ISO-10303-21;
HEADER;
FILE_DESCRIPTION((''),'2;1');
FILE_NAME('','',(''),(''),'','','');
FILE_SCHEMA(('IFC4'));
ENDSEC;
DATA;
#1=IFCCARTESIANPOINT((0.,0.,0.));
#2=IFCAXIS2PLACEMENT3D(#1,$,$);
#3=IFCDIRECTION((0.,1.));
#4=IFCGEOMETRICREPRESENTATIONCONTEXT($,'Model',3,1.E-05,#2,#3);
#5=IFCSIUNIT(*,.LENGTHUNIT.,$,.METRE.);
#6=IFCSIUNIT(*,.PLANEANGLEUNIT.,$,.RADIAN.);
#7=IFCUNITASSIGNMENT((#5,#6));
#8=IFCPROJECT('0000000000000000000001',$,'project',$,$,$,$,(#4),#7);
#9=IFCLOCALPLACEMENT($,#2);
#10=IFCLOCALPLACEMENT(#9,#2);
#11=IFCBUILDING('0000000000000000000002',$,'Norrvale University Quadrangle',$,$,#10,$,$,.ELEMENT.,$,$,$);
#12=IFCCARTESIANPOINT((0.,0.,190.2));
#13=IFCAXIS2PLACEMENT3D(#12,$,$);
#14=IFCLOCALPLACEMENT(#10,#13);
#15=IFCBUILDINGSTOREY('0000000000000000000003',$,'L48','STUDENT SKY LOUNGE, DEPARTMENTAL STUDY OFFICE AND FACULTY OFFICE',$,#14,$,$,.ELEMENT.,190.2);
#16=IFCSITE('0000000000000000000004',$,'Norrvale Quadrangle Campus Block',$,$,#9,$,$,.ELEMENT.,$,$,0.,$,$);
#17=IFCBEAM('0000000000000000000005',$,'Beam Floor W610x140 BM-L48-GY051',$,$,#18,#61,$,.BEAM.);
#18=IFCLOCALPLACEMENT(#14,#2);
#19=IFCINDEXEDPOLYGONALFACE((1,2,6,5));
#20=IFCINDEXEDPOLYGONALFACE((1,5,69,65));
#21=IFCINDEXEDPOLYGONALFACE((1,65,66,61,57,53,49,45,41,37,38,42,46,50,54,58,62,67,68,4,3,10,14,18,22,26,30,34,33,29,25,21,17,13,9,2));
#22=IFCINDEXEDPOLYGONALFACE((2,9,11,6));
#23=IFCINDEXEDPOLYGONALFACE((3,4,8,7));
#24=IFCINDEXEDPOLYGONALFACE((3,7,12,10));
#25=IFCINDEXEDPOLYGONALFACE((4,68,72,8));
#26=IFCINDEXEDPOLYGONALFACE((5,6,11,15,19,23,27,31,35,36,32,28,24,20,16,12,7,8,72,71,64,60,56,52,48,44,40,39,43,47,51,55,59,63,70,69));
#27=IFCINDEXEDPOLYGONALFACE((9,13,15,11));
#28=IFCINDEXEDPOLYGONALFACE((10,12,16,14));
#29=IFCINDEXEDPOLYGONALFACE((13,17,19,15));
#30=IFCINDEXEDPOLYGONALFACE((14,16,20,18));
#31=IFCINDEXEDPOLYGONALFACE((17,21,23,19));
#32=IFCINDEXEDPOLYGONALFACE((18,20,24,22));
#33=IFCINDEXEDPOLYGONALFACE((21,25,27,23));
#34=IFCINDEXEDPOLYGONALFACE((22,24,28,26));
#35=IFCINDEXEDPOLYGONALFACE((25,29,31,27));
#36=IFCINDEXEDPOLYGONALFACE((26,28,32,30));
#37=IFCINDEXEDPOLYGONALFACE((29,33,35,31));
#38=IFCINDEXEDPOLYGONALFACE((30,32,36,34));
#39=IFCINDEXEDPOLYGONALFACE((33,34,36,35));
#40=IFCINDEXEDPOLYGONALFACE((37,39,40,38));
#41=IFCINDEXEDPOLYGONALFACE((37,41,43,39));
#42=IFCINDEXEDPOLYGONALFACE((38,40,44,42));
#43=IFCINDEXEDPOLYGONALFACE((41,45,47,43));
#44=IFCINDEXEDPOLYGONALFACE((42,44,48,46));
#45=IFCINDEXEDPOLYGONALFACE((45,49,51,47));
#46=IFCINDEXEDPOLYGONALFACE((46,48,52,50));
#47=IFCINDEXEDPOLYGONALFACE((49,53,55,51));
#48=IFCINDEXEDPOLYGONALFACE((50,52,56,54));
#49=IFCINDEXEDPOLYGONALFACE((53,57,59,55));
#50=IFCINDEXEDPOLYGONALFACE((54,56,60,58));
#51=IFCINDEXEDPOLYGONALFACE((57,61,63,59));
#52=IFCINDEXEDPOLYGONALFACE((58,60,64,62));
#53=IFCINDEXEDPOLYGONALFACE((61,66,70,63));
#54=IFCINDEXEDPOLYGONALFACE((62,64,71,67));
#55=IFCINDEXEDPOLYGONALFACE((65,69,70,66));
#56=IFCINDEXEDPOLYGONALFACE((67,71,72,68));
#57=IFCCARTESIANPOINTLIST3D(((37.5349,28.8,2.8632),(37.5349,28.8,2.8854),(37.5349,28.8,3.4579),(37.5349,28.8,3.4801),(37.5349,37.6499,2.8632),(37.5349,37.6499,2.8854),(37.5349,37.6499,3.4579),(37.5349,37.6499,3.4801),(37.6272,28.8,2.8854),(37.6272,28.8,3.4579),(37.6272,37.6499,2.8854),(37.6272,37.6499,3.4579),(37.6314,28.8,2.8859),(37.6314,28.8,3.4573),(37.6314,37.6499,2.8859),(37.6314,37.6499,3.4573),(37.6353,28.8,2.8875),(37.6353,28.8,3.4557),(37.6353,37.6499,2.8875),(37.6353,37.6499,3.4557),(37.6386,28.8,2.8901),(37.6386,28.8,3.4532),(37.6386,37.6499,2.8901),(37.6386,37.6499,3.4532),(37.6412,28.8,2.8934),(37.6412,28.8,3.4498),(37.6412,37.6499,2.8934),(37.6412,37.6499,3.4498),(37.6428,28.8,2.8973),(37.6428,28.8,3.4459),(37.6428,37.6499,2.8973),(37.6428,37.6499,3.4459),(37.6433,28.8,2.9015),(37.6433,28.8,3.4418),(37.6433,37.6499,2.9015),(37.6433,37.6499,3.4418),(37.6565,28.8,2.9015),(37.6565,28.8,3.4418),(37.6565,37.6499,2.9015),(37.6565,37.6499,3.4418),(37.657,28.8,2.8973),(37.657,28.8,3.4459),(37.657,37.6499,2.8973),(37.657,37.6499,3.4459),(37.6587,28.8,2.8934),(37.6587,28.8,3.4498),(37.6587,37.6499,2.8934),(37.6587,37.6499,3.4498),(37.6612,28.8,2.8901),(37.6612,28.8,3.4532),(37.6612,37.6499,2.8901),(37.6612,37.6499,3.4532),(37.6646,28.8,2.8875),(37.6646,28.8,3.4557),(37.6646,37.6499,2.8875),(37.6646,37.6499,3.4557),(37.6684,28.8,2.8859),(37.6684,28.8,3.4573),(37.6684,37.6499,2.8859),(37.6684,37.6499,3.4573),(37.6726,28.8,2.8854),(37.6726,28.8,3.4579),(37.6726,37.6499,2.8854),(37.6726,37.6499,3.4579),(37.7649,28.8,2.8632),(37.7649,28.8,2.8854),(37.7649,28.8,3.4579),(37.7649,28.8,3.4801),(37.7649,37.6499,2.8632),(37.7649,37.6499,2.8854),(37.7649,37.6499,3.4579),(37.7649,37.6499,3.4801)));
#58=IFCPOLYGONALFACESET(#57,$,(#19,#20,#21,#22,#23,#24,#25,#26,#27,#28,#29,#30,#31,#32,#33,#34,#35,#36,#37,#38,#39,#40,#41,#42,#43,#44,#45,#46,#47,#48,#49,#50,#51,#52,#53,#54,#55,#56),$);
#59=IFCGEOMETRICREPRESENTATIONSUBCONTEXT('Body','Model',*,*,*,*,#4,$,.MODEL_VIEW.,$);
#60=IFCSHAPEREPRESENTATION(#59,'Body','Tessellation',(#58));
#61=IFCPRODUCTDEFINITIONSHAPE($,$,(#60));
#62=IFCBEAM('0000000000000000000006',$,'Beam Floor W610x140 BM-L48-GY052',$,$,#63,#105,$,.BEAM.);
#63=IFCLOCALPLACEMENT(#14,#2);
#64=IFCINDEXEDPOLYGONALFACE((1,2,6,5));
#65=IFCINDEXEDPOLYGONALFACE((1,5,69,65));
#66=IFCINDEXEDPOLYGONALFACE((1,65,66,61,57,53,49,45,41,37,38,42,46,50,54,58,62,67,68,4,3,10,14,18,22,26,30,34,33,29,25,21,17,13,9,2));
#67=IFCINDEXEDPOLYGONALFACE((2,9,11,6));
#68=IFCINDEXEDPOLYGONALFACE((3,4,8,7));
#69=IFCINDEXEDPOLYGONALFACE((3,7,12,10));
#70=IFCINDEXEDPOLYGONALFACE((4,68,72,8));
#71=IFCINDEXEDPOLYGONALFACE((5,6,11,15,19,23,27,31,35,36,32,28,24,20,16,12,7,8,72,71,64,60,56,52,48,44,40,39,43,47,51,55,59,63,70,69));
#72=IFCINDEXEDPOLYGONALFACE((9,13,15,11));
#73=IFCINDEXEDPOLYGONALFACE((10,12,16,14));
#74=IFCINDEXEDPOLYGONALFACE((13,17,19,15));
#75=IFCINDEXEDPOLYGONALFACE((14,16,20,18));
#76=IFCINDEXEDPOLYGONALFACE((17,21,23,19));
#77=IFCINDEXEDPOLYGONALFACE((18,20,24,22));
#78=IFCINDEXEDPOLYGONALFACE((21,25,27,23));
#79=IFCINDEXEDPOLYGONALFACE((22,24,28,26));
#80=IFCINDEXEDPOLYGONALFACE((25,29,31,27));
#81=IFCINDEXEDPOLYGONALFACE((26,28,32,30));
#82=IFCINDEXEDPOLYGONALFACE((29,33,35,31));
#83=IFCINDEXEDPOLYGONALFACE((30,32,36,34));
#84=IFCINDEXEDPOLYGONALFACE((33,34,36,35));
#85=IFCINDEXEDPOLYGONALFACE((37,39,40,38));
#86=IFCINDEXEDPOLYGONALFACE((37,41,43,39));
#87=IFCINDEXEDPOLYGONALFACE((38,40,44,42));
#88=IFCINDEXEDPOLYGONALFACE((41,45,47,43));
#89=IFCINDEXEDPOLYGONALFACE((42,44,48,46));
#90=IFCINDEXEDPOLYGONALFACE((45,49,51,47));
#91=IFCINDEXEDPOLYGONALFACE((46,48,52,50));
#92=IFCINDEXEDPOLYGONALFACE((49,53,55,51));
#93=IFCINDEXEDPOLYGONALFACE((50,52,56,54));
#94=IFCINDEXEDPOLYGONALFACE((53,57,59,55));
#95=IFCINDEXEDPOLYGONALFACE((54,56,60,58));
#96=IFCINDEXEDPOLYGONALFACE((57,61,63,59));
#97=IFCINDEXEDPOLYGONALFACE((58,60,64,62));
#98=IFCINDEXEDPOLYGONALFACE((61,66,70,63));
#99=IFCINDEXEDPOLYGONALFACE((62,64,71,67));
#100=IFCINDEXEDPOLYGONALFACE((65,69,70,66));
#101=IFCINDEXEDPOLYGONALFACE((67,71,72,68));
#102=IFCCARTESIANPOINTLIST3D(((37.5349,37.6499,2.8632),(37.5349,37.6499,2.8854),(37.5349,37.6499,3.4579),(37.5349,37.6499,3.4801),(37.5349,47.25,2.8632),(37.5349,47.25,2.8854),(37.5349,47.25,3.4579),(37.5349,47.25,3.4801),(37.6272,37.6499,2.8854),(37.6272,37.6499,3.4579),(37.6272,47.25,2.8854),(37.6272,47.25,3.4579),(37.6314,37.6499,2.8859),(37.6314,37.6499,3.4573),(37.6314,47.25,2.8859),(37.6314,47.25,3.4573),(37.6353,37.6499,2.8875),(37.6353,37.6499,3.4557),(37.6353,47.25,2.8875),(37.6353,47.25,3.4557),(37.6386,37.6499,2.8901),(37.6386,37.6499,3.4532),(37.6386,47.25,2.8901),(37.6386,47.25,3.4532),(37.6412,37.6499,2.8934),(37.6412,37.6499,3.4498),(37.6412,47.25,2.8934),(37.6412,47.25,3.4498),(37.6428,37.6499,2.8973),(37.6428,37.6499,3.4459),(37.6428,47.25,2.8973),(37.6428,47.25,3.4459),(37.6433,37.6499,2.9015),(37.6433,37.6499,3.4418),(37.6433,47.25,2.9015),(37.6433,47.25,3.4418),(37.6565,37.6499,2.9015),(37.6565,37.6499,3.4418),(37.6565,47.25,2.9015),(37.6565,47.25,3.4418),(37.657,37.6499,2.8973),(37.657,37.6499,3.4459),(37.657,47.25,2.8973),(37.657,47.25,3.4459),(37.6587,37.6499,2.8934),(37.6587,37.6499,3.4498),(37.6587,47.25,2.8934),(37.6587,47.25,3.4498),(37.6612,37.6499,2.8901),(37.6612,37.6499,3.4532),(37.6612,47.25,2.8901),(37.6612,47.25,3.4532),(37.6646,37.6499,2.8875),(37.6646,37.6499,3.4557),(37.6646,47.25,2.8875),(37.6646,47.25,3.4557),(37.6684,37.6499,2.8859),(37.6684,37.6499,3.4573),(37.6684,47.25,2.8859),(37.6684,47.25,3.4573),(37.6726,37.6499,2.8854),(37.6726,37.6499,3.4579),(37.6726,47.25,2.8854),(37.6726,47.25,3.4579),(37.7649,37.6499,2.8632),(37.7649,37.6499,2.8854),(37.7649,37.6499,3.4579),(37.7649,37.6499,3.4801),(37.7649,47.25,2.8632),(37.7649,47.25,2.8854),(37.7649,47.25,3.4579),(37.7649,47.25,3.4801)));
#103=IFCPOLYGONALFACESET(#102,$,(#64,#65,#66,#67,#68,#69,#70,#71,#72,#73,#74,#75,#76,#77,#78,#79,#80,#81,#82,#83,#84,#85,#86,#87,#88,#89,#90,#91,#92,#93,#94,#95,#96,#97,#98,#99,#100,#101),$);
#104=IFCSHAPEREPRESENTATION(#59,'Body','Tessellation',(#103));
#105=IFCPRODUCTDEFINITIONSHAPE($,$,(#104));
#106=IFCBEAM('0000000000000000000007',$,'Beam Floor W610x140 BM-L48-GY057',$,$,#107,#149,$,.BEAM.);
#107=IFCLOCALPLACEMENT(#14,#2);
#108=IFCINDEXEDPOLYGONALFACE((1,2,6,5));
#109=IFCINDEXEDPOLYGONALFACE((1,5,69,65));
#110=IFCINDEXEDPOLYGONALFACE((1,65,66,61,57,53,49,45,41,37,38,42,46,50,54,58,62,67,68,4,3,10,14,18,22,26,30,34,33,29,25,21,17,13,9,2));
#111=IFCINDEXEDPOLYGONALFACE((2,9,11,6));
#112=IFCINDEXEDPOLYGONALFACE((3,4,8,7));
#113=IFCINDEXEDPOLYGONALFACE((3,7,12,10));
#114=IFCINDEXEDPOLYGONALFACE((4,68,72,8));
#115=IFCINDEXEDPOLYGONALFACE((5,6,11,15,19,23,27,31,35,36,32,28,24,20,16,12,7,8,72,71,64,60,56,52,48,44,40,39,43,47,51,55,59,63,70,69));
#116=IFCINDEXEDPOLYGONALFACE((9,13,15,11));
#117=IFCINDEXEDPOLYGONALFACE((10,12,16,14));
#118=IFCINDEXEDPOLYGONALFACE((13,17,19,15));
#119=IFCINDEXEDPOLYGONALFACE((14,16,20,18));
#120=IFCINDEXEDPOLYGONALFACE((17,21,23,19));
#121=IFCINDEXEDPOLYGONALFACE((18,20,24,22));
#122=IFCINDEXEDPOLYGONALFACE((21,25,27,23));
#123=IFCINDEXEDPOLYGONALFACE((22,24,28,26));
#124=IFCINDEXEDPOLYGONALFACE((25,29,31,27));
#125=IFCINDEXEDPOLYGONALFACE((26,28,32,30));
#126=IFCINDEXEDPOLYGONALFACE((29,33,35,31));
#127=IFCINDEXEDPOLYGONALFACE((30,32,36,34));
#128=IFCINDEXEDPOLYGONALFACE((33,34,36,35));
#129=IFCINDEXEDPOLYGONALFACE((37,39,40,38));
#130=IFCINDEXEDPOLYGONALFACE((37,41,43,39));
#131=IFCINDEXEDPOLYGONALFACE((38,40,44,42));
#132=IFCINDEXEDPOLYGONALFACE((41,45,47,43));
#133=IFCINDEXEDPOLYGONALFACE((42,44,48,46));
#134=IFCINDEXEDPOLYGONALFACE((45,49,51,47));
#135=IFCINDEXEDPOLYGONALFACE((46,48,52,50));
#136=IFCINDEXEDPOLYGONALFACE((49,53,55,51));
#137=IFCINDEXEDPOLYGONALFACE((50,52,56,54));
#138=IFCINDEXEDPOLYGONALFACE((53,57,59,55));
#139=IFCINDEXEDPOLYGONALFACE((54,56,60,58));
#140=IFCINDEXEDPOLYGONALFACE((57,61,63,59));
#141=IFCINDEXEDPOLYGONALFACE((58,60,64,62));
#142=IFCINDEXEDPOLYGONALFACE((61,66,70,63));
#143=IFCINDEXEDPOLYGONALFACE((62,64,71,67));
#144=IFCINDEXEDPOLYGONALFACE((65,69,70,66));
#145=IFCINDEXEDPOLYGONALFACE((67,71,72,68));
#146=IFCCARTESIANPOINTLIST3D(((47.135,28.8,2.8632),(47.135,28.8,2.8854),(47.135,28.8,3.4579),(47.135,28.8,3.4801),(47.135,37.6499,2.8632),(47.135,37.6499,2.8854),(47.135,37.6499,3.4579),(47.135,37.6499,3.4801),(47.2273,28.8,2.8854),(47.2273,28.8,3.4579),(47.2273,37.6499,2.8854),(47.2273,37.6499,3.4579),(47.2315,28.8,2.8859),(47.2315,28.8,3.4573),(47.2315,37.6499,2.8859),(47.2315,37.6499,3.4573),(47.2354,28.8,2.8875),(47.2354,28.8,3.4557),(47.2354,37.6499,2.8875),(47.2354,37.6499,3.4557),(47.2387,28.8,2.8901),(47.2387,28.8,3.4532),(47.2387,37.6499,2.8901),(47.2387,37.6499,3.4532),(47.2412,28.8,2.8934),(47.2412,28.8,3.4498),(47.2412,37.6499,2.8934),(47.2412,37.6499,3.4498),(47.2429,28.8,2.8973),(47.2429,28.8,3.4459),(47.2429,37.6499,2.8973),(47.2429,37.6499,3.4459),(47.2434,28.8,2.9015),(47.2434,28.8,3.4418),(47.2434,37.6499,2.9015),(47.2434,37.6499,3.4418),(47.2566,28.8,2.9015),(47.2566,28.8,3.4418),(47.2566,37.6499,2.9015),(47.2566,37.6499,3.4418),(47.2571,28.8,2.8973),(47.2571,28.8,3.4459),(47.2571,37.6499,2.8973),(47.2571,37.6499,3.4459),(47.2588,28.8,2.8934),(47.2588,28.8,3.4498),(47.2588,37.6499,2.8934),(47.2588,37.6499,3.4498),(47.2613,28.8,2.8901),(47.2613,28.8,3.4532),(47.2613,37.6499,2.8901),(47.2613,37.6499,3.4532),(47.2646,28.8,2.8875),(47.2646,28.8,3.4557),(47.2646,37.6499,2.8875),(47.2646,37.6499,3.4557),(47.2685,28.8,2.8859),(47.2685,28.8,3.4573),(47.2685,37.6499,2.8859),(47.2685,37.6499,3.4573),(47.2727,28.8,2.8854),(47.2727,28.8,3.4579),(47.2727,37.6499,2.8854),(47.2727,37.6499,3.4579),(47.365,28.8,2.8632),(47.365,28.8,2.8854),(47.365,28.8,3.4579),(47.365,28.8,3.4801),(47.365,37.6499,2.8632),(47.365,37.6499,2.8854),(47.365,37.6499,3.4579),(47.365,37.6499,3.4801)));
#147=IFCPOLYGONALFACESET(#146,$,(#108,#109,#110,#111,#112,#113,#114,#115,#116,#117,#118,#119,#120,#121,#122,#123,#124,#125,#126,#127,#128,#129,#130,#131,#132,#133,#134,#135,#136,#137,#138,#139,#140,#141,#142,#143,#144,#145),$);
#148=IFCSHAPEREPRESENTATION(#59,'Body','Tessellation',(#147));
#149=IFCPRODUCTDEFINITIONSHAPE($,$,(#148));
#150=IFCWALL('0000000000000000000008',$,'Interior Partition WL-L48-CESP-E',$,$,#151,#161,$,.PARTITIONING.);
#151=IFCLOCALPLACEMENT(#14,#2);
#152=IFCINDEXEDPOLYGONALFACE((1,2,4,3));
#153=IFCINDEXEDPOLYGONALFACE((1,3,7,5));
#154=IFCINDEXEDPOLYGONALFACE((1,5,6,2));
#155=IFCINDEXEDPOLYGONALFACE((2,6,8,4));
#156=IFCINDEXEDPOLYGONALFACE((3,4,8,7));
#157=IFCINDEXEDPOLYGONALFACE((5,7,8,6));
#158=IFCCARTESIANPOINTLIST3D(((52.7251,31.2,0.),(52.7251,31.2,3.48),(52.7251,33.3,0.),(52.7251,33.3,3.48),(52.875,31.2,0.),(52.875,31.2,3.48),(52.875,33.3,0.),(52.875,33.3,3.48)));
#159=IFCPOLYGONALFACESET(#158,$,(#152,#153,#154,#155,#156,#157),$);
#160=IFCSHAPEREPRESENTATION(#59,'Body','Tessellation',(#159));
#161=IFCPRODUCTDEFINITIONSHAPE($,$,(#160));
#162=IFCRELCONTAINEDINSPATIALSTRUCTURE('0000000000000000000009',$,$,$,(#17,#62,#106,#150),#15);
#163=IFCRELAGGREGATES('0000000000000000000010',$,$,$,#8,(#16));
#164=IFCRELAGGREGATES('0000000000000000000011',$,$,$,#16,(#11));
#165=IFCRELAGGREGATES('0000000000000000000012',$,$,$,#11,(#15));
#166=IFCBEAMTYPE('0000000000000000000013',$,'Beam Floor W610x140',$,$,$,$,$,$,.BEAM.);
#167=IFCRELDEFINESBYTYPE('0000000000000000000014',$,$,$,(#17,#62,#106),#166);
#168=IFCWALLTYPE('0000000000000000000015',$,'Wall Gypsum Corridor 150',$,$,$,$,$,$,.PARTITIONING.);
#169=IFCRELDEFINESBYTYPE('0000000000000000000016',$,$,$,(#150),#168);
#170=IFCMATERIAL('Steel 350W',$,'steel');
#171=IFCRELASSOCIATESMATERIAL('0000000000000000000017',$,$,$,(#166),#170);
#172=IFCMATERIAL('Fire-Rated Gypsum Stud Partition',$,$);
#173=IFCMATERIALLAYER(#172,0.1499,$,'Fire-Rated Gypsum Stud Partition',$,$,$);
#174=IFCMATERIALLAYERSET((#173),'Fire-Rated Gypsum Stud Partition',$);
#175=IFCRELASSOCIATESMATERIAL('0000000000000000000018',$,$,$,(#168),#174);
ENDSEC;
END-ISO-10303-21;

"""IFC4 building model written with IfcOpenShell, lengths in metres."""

from ifc_helpers import new_model, si_unit, direction, frame, frame_2d, origin, origin_2d, place, context, subcontext, project, spatial, rectangle, i_section, extrude, material, layer, layer_set, material_profile, profile_set, type_object, element, save


model = new_model("IFC4")

# Units and contexts
model_context = context("Model", 3, precision=1e-05, world=origin(), true_north=direction((0.0, 1.0)))
body_context = subcontext(model_context, "Body", "Model", "MODEL_VIEW")
ifc_project = project(units=[si_unit("LENGTHUNIT", "METRE"), si_unit("PLANEANGLEUNIT", "RADIAN")], contexts=[model_context])

# Site, building, storey
site_placement = place(None, origin())
site = spatial("IfcSite", under=ifc_project, at=site_placement, Name="Norrvale Quadrangle Campus Block", CompositionType="ELEMENT", RefElevation=0.0)
building_placement = place(site_placement, origin())
building = spatial("IfcBuilding", under=site, at=building_placement, Name="Norrvale University Quadrangle", CompositionType="ELEMENT")
storey_placement = place(building_placement, frame((0.0, 0.0, 190.2)))
storey = spatial("IfcBuildingStorey", under=building, at=storey_placement, Name="L48", Description="STUDENT SKY LOUNGE, DEPARTMENTAL STUDY OFFICE AND FACULTY OFFICE", CompositionType="ELEMENT", Elevation=190.2)

# Beams
ifc_material_1 = material(Name="Steel 350W", Category="steel")
ifc_material_profile_1 = material_profile(ifc_material_1, i_section(OverallWidth=0.23, OverallDepth=0.6169, WebThickness=0.0132, FlangeThickness=0.0222, FilletRadius=0.0161, at=origin_2d()), Name="Steel 350W")
ifc_profile_set_1 = profile_set([ifc_material_profile_1], Name="Steel 350W")
beam_type_1 = type_object("IfcBeamType", Name="Beam Floor W610x140", PredefinedType="BEAM", material=ifc_profile_set_1)
beam_1_placement = place(storey_placement, frame((37.6499, 28.8, 3.1716), z_axis=(0.0, 1.0, 0.0), x_axis=(-1.0, 0.0, 0.0)))
element("IfcBeam", 1, at=beam_1_placement, inside=storey, type_object=beam_type_1, Name="Beam Floor W610x140 BM-L48-GY051", PredefinedType="BEAM", context=body_context, shape_type="SweptSolid", body=[
    extrude(i_section(OverallWidth=0.23, OverallDepth=0.6169, WebThickness=0.0132, FlangeThickness=0.0222, FilletRadius=0.0161, at=origin_2d()), origin(), (0.0, 0.0, 1.0), 8.8499),
])
beam_2_placement = place(storey_placement, frame((37.6499, 37.6499, 3.1716), z_axis=(0.0, 1.0, 0.0), x_axis=(-1.0, 0.0, 0.0)))
element("IfcBeam", 2, at=beam_2_placement, inside=storey, type_object=beam_type_1, Name="Beam Floor W610x140 BM-L48-GY052", PredefinedType="BEAM", context=body_context, shape_type="SweptSolid", body=[
    extrude(i_section(OverallWidth=0.23, OverallDepth=0.6169, WebThickness=0.0132, FlangeThickness=0.0222, FilletRadius=0.0161, at=origin_2d()), origin(), (0.0, 0.0, 1.0), 9.6001),
])
beam_3_placement = place(storey_placement, frame((47.25, 28.8, 3.1716), z_axis=(0.0, 1.0, 0.0), x_axis=(-1.0, 0.0, 0.0)))
element("IfcBeam", 3, at=beam_3_placement, inside=storey, type_object=beam_type_1, Name="Beam Floor W610x140 BM-L48-GY057", PredefinedType="BEAM", context=body_context, shape_type="SweptSolid", body=[
    extrude(i_section(OverallWidth=0.23, OverallDepth=0.6169, WebThickness=0.0132, FlangeThickness=0.0222, FilletRadius=0.0161, at=origin_2d()), origin(), (0.0, 0.0, 1.0), 8.8499),
])

# Wall
ifc_material_2 = material(Name="Fire-Rated Gypsum Stud Partition")
ifc_layer_1 = layer(ifc_material_2, 0.1499, Name="Fire-Rated Gypsum Stud Partition")
ifc_layer_set_1 = layer_set([ifc_layer_1], Name="Fire-Rated Gypsum Stud Partition")
wall_type_1 = type_object("IfcWallType", Name="Wall Gypsum Corridor 150", PredefinedType="PARTITIONING", material=ifc_layer_set_1)
wall_1_placement = place(storey_placement, frame((52.8, 31.2, 0.0), z_axis=(0.0, 0.0, 1.0), x_axis=(0.0, 1.0, 0.0)))
element("IfcWall", 4, at=wall_1_placement, inside=storey, type_object=wall_type_1, Name="Interior Partition WL-L48-CESP-E", PredefinedType="PARTITIONING", context=body_context, shape_type="SweptSolid", body=[
    extrude(rectangle(XDim=2.1001, YDim=0.1499, at=frame_2d((1.05, 0.0))), origin(), (0.0, 0.0, 1.0), 3.48),
])

save(model, "model.ifc")
